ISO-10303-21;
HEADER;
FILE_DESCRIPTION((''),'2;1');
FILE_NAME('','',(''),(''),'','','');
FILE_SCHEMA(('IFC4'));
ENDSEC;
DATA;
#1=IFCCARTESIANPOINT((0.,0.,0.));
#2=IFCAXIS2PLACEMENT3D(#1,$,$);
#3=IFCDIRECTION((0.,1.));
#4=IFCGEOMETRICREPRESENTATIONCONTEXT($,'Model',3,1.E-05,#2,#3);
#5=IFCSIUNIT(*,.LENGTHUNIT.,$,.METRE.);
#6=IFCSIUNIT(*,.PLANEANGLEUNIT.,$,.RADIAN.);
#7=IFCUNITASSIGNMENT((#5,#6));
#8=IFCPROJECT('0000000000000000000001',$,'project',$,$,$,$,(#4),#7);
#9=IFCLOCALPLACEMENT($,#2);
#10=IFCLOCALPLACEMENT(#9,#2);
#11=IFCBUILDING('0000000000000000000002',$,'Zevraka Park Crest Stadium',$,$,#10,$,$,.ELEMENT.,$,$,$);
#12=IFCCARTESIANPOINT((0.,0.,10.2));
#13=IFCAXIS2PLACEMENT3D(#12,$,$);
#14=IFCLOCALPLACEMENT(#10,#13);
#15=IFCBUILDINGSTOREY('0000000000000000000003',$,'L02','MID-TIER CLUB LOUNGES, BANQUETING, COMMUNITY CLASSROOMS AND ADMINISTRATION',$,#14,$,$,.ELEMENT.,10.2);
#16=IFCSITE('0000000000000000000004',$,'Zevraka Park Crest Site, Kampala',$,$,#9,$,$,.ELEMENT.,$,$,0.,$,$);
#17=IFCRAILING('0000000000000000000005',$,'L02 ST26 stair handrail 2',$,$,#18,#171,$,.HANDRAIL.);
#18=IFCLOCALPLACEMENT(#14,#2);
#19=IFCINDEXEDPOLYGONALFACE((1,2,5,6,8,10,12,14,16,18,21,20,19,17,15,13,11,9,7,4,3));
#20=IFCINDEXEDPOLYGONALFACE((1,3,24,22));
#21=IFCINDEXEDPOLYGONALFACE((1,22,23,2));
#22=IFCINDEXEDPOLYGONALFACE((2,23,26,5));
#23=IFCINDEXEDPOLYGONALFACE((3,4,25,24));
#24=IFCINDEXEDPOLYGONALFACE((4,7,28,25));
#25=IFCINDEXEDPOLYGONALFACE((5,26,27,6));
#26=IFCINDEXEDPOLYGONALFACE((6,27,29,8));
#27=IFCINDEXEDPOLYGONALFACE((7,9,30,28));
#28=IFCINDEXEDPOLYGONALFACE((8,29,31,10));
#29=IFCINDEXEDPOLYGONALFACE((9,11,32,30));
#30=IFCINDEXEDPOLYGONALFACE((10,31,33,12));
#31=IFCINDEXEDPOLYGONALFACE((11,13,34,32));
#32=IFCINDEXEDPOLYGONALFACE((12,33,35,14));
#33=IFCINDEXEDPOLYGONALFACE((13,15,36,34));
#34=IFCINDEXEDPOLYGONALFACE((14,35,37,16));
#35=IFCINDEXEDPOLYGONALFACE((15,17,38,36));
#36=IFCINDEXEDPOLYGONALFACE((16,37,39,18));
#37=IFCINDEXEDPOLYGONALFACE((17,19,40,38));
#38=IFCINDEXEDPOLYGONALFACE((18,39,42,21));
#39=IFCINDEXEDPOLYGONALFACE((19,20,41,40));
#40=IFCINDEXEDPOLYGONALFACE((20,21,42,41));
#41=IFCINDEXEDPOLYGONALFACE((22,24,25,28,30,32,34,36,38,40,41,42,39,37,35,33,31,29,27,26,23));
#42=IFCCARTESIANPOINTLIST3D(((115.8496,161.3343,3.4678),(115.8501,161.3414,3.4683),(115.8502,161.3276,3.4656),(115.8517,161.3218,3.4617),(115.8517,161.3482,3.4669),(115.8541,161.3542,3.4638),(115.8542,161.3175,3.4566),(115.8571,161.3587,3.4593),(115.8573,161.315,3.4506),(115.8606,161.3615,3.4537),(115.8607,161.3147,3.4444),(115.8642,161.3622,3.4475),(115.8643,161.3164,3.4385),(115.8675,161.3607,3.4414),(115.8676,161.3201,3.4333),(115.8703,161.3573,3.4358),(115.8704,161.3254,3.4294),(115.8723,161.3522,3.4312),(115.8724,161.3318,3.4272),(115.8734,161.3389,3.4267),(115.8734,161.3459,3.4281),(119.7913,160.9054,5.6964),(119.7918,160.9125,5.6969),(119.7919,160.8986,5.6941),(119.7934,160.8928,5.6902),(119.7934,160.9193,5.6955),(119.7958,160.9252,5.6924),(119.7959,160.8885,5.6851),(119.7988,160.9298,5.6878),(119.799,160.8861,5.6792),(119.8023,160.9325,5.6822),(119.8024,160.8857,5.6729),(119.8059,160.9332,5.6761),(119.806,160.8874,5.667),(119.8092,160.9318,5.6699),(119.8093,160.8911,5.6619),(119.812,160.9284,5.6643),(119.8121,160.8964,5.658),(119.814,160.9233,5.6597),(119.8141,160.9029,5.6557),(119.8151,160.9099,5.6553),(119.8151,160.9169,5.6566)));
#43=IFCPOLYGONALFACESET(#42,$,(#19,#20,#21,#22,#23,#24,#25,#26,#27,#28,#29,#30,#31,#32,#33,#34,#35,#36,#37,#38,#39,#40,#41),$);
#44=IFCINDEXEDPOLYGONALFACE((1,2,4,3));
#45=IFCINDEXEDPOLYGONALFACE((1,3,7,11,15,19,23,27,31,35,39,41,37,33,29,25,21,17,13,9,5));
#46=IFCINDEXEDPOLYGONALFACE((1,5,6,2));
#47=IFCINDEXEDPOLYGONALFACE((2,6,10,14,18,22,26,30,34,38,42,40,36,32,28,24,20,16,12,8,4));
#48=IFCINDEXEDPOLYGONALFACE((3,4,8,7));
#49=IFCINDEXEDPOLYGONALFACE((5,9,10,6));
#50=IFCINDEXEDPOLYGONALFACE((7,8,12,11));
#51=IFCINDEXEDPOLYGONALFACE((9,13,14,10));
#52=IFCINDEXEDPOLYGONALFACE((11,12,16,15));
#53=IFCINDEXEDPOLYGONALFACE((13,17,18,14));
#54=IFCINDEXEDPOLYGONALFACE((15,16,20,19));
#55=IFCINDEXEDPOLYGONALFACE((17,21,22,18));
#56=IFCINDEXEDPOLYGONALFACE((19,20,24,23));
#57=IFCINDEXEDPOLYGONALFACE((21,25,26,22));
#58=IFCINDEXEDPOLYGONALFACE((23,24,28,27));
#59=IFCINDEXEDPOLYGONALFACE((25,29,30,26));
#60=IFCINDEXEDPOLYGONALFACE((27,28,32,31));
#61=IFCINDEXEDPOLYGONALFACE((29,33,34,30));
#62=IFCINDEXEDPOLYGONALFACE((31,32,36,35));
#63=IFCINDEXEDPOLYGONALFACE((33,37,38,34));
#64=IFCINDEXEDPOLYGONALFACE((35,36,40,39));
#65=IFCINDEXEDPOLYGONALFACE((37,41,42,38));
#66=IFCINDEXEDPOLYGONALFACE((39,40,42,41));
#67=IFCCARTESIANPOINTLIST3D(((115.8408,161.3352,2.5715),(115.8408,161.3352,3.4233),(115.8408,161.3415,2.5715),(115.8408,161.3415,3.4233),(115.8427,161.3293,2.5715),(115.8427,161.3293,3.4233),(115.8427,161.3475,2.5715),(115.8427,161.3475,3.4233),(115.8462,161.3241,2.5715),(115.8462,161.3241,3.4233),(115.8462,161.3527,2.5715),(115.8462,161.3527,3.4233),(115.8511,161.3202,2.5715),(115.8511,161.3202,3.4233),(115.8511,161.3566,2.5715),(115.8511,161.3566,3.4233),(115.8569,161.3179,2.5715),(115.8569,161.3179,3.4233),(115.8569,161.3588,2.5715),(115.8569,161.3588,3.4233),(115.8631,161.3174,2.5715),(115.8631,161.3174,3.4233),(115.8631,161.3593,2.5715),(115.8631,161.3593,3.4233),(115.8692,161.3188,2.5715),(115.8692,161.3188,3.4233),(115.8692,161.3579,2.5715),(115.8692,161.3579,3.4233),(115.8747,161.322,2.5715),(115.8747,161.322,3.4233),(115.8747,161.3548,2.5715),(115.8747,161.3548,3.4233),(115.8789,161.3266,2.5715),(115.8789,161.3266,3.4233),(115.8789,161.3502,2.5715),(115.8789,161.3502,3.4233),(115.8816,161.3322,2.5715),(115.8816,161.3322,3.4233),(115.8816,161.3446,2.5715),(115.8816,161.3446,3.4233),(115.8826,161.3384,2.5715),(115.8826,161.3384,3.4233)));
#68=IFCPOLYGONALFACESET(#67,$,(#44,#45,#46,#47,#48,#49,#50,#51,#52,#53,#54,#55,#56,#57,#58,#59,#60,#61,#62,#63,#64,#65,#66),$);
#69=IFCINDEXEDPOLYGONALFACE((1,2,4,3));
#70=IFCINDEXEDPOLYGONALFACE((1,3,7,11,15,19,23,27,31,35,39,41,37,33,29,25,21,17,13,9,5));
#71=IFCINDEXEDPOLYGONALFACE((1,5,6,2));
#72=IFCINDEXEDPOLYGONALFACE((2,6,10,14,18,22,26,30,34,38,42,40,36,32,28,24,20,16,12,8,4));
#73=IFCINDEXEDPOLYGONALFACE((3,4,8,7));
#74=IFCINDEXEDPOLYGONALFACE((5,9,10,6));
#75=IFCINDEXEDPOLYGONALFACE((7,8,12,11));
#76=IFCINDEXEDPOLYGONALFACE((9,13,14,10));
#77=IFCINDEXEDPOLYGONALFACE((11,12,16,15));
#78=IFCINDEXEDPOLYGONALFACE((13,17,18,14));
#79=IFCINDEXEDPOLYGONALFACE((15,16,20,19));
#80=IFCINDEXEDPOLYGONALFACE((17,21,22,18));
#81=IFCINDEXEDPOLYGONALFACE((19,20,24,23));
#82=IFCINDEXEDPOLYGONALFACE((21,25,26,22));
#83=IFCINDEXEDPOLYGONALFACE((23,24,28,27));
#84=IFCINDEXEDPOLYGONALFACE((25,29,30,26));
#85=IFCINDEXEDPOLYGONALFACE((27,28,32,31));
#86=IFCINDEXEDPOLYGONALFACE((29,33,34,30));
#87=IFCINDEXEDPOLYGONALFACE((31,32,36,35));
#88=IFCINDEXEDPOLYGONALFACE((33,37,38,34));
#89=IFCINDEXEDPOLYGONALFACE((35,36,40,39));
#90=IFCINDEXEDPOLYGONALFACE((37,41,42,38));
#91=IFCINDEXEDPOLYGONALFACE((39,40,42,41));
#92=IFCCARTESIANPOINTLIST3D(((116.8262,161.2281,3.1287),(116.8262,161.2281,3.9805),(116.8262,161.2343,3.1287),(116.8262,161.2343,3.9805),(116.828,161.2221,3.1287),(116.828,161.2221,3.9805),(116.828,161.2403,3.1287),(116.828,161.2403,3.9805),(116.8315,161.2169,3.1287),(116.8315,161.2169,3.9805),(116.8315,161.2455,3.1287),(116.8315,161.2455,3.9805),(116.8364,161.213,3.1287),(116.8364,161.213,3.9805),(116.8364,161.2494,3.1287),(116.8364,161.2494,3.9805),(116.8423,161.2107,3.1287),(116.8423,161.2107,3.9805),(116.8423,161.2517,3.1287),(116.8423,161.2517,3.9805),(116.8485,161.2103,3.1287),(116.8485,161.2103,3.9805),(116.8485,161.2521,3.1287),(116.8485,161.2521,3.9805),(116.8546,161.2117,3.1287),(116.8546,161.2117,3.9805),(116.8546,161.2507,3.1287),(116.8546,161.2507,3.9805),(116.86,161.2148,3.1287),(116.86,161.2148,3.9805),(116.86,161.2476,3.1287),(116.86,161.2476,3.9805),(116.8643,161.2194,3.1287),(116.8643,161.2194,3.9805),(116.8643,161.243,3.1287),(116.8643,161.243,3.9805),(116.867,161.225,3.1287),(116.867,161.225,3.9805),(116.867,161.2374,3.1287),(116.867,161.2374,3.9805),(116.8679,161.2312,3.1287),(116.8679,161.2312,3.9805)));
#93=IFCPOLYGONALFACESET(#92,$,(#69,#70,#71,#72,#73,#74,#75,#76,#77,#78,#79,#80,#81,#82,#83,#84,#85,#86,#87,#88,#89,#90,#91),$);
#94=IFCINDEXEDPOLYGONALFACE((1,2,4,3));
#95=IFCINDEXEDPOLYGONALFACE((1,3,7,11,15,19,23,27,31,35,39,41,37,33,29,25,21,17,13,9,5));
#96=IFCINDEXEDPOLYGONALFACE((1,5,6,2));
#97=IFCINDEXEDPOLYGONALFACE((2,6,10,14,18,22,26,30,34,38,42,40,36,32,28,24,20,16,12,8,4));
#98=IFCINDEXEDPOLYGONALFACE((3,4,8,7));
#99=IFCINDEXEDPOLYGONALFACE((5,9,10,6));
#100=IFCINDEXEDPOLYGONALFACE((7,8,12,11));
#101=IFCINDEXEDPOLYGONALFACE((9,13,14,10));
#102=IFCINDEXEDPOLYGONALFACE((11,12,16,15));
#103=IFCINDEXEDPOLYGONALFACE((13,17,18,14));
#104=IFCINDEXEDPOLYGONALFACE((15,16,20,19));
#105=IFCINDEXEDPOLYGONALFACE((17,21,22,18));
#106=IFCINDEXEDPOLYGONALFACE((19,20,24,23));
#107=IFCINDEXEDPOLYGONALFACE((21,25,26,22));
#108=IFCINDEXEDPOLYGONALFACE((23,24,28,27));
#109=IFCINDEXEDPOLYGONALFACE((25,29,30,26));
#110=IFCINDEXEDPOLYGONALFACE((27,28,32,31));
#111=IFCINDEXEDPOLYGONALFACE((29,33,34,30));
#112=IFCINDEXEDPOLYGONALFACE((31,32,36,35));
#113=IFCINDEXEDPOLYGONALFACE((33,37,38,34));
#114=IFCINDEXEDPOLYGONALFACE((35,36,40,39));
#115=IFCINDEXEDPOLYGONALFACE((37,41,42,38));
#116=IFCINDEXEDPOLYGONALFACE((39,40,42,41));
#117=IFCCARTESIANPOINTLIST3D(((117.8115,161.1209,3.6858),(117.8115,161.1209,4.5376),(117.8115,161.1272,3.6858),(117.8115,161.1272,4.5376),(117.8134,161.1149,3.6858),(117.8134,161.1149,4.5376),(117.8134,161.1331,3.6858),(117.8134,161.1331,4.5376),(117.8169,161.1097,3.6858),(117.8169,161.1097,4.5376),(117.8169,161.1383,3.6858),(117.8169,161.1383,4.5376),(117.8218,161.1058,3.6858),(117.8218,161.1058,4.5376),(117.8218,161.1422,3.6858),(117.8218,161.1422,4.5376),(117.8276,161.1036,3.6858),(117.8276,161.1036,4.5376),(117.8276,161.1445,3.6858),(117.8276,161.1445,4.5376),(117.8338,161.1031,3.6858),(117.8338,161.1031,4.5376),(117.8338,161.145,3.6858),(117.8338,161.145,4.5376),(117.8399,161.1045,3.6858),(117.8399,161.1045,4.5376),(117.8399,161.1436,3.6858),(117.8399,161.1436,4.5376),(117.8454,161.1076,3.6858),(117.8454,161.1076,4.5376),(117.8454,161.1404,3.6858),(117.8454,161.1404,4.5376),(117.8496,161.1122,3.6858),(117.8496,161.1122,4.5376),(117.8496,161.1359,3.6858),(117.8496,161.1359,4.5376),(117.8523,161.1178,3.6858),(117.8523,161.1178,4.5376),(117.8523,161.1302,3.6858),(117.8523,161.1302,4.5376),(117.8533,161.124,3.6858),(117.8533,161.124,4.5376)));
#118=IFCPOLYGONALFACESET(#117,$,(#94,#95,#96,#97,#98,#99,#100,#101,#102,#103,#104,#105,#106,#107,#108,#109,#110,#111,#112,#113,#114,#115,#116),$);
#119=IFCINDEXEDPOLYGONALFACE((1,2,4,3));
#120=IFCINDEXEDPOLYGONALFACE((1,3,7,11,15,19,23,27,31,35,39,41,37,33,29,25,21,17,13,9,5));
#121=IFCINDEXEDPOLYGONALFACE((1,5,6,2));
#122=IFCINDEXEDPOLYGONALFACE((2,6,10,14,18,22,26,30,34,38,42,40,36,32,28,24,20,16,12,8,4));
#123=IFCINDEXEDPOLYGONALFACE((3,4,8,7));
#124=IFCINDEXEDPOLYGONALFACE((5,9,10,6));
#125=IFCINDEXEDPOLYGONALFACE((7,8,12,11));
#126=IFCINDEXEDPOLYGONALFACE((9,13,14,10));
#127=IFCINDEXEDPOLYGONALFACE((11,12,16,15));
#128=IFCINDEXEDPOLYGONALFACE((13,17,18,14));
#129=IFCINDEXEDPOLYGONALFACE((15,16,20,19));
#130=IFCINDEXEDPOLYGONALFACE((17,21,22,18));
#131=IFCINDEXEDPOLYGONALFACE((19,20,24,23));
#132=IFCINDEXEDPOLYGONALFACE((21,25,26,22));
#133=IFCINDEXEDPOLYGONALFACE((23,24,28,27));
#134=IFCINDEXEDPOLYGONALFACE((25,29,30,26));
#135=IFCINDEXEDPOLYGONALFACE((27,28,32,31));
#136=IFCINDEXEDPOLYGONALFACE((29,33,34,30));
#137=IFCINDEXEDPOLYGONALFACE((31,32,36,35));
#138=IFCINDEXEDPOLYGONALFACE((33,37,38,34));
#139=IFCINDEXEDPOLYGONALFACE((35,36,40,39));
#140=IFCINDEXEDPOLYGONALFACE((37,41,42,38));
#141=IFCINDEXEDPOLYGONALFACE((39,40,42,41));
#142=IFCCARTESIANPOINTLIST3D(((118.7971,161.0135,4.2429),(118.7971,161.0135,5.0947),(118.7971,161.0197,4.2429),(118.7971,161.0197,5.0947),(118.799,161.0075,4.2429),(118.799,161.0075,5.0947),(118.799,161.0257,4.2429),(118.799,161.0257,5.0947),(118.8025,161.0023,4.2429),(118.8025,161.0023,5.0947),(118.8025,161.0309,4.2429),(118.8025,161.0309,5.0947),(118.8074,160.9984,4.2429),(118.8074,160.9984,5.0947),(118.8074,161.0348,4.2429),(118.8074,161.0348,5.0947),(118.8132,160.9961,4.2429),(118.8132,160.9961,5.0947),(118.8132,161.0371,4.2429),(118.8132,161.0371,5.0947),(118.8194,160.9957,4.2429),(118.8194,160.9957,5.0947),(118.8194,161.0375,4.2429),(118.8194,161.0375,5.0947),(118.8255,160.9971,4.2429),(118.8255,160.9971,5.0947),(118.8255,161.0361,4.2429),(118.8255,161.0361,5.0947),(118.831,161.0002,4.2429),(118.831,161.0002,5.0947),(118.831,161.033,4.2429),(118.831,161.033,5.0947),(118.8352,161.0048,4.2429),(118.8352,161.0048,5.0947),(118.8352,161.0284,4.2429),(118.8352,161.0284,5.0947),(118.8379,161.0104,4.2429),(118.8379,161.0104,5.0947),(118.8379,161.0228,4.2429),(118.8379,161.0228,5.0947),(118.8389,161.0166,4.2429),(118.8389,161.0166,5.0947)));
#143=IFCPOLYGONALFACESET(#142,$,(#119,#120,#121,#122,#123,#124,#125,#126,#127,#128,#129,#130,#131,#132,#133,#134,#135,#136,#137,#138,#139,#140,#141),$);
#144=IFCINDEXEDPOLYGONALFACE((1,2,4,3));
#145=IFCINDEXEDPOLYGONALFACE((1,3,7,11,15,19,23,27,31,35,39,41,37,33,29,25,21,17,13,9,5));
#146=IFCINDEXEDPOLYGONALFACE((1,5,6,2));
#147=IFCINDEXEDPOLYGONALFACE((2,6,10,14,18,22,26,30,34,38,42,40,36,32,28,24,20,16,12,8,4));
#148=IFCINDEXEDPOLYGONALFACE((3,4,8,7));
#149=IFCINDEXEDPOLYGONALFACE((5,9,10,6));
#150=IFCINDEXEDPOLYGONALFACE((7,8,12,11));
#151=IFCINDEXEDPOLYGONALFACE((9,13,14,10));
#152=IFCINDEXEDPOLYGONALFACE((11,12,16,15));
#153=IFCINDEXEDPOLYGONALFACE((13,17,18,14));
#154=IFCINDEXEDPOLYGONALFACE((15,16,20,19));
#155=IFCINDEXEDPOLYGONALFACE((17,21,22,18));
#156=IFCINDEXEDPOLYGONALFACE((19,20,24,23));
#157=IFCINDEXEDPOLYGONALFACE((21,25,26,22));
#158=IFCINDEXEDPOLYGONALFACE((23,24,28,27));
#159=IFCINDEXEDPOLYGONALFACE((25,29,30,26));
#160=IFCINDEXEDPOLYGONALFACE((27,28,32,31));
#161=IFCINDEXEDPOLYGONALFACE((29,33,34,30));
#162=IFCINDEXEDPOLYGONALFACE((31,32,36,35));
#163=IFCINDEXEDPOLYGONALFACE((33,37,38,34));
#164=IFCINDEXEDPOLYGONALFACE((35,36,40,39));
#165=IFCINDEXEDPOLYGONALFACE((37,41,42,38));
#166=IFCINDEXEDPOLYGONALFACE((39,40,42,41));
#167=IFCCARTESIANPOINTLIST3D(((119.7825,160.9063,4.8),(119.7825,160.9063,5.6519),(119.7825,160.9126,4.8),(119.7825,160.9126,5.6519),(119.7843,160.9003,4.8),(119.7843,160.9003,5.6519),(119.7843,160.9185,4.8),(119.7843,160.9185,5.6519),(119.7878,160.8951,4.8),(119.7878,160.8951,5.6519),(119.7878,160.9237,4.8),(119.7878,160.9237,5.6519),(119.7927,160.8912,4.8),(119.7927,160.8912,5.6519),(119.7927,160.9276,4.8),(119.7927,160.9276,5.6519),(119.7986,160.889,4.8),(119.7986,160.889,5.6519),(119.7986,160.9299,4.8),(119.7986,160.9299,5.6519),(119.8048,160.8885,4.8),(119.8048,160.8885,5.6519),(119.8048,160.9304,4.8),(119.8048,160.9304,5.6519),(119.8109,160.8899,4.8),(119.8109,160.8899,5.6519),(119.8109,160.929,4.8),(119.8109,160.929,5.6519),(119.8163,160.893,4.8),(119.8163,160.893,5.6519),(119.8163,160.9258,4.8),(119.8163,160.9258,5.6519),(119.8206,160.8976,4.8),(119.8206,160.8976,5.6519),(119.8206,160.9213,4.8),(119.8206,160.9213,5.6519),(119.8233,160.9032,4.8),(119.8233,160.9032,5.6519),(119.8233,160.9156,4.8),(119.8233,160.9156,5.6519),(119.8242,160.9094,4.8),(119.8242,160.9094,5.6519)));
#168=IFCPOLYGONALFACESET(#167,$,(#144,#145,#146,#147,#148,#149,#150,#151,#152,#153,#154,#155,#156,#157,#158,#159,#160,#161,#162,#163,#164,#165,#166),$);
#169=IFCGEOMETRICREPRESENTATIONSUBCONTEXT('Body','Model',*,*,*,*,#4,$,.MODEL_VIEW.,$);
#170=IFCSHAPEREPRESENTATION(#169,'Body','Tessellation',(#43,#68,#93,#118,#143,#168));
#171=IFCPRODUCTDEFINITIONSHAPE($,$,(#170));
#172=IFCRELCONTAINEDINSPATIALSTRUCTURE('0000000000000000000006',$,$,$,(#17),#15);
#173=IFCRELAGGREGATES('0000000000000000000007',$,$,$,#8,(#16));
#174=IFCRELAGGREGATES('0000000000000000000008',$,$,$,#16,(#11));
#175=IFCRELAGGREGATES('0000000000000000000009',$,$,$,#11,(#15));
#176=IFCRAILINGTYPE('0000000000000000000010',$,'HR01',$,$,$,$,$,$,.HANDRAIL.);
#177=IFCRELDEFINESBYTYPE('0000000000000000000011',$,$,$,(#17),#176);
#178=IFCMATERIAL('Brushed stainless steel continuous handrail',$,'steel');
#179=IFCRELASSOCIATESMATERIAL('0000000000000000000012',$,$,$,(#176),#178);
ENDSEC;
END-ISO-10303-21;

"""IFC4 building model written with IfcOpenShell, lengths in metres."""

from ifc_helpers import new_model, si_unit, direction, frame, origin, origin_2d, place, context, subcontext, project, spatial, circle, extrude, material, type_object, element, save


model = new_model("IFC4")

# Units and contexts
model_context = context("Model", 3, precision=1e-05, world=origin(), true_north=direction((0.0, 1.0)))
body_context = subcontext(model_context, "Body", "Model", "MODEL_VIEW")
ifc_project = project(units=[si_unit("LENGTHUNIT", "METRE"), si_unit("PLANEANGLEUNIT", "RADIAN")], contexts=[model_context])

# Site, building, storey
site_placement = place(None, origin())
site = spatial("IfcSite", under=ifc_project, at=site_placement, Name="Zevraka Park Crest Site, Kampala", CompositionType="ELEMENT", RefElevation=0.0)
building_placement = place(site_placement, origin())
building = spatial("IfcBuilding", under=site, at=building_placement, Name="Zevraka Park Crest Stadium", CompositionType="ELEMENT")
storey_placement = place(building_placement, frame((0.0, 0.0, 10.2)))
storey = spatial("IfcBuildingStorey", under=building, at=storey_placement, Name="L02", Description="MID-TIER CLUB LOUNGES, BANQUETING, COMMUNITY CLASSROOMS AND ADMINISTRATION", CompositionType="ELEMENT", Elevation=10.2)

# Railing
ifc_material_1 = material(Name="Brushed stainless steel continuous handrail", Category="steel")
railing_type_1 = type_object("IfcRailingType", Name="HR01", PredefinedType="HANDRAIL", material=ifc_material_1)
railing_1_placement = place(storey_placement, frame((115.8616, 161.3384, 2.5715)))
element("IfcRailing", 1, at=railing_1_placement, inside=storey, type_object=railing_type_1, Name="L02 ST26 stair handrail 2", PredefinedType="HANDRAIL", context=body_context, shape_type="SweptSolid", body=[
    extrude(circle(Radius=0.0239, at=origin_2d()), frame((0.0, 0.0, 0.876), z_axis=(0.866624, -0.094311, 0.489968), x_axis=(0.108188, 0.994131, 0.0)), (0.0, 0.0, 1.0), 4.5483),
    extrude(circle(Radius=0.021, at=origin_2d()), origin(), (0.0, 0.0, 1.0), 0.8518),
    extrude(circle(Radius=0.021, at=origin_2d()), frame((0.9854, -0.1072, 0.5571)), (0.0, 0.0, 1.0), 0.8518),
    extrude(circle(Radius=0.021, at=origin_2d()), frame((1.9707, -0.2144, 1.1143)), (0.0, 0.0, 1.0), 0.8518),
    extrude(circle(Radius=0.021, at=origin_2d()), frame((2.9563, -0.3218, 1.6714)), (0.0, 0.0, 1.0), 0.8518),
    extrude(circle(Radius=0.021, at=origin_2d()), frame((3.9417, -0.429, 2.2285)), (0.0, 0.0, 1.0), 0.8518),
])

save(model, "model.ifc")
